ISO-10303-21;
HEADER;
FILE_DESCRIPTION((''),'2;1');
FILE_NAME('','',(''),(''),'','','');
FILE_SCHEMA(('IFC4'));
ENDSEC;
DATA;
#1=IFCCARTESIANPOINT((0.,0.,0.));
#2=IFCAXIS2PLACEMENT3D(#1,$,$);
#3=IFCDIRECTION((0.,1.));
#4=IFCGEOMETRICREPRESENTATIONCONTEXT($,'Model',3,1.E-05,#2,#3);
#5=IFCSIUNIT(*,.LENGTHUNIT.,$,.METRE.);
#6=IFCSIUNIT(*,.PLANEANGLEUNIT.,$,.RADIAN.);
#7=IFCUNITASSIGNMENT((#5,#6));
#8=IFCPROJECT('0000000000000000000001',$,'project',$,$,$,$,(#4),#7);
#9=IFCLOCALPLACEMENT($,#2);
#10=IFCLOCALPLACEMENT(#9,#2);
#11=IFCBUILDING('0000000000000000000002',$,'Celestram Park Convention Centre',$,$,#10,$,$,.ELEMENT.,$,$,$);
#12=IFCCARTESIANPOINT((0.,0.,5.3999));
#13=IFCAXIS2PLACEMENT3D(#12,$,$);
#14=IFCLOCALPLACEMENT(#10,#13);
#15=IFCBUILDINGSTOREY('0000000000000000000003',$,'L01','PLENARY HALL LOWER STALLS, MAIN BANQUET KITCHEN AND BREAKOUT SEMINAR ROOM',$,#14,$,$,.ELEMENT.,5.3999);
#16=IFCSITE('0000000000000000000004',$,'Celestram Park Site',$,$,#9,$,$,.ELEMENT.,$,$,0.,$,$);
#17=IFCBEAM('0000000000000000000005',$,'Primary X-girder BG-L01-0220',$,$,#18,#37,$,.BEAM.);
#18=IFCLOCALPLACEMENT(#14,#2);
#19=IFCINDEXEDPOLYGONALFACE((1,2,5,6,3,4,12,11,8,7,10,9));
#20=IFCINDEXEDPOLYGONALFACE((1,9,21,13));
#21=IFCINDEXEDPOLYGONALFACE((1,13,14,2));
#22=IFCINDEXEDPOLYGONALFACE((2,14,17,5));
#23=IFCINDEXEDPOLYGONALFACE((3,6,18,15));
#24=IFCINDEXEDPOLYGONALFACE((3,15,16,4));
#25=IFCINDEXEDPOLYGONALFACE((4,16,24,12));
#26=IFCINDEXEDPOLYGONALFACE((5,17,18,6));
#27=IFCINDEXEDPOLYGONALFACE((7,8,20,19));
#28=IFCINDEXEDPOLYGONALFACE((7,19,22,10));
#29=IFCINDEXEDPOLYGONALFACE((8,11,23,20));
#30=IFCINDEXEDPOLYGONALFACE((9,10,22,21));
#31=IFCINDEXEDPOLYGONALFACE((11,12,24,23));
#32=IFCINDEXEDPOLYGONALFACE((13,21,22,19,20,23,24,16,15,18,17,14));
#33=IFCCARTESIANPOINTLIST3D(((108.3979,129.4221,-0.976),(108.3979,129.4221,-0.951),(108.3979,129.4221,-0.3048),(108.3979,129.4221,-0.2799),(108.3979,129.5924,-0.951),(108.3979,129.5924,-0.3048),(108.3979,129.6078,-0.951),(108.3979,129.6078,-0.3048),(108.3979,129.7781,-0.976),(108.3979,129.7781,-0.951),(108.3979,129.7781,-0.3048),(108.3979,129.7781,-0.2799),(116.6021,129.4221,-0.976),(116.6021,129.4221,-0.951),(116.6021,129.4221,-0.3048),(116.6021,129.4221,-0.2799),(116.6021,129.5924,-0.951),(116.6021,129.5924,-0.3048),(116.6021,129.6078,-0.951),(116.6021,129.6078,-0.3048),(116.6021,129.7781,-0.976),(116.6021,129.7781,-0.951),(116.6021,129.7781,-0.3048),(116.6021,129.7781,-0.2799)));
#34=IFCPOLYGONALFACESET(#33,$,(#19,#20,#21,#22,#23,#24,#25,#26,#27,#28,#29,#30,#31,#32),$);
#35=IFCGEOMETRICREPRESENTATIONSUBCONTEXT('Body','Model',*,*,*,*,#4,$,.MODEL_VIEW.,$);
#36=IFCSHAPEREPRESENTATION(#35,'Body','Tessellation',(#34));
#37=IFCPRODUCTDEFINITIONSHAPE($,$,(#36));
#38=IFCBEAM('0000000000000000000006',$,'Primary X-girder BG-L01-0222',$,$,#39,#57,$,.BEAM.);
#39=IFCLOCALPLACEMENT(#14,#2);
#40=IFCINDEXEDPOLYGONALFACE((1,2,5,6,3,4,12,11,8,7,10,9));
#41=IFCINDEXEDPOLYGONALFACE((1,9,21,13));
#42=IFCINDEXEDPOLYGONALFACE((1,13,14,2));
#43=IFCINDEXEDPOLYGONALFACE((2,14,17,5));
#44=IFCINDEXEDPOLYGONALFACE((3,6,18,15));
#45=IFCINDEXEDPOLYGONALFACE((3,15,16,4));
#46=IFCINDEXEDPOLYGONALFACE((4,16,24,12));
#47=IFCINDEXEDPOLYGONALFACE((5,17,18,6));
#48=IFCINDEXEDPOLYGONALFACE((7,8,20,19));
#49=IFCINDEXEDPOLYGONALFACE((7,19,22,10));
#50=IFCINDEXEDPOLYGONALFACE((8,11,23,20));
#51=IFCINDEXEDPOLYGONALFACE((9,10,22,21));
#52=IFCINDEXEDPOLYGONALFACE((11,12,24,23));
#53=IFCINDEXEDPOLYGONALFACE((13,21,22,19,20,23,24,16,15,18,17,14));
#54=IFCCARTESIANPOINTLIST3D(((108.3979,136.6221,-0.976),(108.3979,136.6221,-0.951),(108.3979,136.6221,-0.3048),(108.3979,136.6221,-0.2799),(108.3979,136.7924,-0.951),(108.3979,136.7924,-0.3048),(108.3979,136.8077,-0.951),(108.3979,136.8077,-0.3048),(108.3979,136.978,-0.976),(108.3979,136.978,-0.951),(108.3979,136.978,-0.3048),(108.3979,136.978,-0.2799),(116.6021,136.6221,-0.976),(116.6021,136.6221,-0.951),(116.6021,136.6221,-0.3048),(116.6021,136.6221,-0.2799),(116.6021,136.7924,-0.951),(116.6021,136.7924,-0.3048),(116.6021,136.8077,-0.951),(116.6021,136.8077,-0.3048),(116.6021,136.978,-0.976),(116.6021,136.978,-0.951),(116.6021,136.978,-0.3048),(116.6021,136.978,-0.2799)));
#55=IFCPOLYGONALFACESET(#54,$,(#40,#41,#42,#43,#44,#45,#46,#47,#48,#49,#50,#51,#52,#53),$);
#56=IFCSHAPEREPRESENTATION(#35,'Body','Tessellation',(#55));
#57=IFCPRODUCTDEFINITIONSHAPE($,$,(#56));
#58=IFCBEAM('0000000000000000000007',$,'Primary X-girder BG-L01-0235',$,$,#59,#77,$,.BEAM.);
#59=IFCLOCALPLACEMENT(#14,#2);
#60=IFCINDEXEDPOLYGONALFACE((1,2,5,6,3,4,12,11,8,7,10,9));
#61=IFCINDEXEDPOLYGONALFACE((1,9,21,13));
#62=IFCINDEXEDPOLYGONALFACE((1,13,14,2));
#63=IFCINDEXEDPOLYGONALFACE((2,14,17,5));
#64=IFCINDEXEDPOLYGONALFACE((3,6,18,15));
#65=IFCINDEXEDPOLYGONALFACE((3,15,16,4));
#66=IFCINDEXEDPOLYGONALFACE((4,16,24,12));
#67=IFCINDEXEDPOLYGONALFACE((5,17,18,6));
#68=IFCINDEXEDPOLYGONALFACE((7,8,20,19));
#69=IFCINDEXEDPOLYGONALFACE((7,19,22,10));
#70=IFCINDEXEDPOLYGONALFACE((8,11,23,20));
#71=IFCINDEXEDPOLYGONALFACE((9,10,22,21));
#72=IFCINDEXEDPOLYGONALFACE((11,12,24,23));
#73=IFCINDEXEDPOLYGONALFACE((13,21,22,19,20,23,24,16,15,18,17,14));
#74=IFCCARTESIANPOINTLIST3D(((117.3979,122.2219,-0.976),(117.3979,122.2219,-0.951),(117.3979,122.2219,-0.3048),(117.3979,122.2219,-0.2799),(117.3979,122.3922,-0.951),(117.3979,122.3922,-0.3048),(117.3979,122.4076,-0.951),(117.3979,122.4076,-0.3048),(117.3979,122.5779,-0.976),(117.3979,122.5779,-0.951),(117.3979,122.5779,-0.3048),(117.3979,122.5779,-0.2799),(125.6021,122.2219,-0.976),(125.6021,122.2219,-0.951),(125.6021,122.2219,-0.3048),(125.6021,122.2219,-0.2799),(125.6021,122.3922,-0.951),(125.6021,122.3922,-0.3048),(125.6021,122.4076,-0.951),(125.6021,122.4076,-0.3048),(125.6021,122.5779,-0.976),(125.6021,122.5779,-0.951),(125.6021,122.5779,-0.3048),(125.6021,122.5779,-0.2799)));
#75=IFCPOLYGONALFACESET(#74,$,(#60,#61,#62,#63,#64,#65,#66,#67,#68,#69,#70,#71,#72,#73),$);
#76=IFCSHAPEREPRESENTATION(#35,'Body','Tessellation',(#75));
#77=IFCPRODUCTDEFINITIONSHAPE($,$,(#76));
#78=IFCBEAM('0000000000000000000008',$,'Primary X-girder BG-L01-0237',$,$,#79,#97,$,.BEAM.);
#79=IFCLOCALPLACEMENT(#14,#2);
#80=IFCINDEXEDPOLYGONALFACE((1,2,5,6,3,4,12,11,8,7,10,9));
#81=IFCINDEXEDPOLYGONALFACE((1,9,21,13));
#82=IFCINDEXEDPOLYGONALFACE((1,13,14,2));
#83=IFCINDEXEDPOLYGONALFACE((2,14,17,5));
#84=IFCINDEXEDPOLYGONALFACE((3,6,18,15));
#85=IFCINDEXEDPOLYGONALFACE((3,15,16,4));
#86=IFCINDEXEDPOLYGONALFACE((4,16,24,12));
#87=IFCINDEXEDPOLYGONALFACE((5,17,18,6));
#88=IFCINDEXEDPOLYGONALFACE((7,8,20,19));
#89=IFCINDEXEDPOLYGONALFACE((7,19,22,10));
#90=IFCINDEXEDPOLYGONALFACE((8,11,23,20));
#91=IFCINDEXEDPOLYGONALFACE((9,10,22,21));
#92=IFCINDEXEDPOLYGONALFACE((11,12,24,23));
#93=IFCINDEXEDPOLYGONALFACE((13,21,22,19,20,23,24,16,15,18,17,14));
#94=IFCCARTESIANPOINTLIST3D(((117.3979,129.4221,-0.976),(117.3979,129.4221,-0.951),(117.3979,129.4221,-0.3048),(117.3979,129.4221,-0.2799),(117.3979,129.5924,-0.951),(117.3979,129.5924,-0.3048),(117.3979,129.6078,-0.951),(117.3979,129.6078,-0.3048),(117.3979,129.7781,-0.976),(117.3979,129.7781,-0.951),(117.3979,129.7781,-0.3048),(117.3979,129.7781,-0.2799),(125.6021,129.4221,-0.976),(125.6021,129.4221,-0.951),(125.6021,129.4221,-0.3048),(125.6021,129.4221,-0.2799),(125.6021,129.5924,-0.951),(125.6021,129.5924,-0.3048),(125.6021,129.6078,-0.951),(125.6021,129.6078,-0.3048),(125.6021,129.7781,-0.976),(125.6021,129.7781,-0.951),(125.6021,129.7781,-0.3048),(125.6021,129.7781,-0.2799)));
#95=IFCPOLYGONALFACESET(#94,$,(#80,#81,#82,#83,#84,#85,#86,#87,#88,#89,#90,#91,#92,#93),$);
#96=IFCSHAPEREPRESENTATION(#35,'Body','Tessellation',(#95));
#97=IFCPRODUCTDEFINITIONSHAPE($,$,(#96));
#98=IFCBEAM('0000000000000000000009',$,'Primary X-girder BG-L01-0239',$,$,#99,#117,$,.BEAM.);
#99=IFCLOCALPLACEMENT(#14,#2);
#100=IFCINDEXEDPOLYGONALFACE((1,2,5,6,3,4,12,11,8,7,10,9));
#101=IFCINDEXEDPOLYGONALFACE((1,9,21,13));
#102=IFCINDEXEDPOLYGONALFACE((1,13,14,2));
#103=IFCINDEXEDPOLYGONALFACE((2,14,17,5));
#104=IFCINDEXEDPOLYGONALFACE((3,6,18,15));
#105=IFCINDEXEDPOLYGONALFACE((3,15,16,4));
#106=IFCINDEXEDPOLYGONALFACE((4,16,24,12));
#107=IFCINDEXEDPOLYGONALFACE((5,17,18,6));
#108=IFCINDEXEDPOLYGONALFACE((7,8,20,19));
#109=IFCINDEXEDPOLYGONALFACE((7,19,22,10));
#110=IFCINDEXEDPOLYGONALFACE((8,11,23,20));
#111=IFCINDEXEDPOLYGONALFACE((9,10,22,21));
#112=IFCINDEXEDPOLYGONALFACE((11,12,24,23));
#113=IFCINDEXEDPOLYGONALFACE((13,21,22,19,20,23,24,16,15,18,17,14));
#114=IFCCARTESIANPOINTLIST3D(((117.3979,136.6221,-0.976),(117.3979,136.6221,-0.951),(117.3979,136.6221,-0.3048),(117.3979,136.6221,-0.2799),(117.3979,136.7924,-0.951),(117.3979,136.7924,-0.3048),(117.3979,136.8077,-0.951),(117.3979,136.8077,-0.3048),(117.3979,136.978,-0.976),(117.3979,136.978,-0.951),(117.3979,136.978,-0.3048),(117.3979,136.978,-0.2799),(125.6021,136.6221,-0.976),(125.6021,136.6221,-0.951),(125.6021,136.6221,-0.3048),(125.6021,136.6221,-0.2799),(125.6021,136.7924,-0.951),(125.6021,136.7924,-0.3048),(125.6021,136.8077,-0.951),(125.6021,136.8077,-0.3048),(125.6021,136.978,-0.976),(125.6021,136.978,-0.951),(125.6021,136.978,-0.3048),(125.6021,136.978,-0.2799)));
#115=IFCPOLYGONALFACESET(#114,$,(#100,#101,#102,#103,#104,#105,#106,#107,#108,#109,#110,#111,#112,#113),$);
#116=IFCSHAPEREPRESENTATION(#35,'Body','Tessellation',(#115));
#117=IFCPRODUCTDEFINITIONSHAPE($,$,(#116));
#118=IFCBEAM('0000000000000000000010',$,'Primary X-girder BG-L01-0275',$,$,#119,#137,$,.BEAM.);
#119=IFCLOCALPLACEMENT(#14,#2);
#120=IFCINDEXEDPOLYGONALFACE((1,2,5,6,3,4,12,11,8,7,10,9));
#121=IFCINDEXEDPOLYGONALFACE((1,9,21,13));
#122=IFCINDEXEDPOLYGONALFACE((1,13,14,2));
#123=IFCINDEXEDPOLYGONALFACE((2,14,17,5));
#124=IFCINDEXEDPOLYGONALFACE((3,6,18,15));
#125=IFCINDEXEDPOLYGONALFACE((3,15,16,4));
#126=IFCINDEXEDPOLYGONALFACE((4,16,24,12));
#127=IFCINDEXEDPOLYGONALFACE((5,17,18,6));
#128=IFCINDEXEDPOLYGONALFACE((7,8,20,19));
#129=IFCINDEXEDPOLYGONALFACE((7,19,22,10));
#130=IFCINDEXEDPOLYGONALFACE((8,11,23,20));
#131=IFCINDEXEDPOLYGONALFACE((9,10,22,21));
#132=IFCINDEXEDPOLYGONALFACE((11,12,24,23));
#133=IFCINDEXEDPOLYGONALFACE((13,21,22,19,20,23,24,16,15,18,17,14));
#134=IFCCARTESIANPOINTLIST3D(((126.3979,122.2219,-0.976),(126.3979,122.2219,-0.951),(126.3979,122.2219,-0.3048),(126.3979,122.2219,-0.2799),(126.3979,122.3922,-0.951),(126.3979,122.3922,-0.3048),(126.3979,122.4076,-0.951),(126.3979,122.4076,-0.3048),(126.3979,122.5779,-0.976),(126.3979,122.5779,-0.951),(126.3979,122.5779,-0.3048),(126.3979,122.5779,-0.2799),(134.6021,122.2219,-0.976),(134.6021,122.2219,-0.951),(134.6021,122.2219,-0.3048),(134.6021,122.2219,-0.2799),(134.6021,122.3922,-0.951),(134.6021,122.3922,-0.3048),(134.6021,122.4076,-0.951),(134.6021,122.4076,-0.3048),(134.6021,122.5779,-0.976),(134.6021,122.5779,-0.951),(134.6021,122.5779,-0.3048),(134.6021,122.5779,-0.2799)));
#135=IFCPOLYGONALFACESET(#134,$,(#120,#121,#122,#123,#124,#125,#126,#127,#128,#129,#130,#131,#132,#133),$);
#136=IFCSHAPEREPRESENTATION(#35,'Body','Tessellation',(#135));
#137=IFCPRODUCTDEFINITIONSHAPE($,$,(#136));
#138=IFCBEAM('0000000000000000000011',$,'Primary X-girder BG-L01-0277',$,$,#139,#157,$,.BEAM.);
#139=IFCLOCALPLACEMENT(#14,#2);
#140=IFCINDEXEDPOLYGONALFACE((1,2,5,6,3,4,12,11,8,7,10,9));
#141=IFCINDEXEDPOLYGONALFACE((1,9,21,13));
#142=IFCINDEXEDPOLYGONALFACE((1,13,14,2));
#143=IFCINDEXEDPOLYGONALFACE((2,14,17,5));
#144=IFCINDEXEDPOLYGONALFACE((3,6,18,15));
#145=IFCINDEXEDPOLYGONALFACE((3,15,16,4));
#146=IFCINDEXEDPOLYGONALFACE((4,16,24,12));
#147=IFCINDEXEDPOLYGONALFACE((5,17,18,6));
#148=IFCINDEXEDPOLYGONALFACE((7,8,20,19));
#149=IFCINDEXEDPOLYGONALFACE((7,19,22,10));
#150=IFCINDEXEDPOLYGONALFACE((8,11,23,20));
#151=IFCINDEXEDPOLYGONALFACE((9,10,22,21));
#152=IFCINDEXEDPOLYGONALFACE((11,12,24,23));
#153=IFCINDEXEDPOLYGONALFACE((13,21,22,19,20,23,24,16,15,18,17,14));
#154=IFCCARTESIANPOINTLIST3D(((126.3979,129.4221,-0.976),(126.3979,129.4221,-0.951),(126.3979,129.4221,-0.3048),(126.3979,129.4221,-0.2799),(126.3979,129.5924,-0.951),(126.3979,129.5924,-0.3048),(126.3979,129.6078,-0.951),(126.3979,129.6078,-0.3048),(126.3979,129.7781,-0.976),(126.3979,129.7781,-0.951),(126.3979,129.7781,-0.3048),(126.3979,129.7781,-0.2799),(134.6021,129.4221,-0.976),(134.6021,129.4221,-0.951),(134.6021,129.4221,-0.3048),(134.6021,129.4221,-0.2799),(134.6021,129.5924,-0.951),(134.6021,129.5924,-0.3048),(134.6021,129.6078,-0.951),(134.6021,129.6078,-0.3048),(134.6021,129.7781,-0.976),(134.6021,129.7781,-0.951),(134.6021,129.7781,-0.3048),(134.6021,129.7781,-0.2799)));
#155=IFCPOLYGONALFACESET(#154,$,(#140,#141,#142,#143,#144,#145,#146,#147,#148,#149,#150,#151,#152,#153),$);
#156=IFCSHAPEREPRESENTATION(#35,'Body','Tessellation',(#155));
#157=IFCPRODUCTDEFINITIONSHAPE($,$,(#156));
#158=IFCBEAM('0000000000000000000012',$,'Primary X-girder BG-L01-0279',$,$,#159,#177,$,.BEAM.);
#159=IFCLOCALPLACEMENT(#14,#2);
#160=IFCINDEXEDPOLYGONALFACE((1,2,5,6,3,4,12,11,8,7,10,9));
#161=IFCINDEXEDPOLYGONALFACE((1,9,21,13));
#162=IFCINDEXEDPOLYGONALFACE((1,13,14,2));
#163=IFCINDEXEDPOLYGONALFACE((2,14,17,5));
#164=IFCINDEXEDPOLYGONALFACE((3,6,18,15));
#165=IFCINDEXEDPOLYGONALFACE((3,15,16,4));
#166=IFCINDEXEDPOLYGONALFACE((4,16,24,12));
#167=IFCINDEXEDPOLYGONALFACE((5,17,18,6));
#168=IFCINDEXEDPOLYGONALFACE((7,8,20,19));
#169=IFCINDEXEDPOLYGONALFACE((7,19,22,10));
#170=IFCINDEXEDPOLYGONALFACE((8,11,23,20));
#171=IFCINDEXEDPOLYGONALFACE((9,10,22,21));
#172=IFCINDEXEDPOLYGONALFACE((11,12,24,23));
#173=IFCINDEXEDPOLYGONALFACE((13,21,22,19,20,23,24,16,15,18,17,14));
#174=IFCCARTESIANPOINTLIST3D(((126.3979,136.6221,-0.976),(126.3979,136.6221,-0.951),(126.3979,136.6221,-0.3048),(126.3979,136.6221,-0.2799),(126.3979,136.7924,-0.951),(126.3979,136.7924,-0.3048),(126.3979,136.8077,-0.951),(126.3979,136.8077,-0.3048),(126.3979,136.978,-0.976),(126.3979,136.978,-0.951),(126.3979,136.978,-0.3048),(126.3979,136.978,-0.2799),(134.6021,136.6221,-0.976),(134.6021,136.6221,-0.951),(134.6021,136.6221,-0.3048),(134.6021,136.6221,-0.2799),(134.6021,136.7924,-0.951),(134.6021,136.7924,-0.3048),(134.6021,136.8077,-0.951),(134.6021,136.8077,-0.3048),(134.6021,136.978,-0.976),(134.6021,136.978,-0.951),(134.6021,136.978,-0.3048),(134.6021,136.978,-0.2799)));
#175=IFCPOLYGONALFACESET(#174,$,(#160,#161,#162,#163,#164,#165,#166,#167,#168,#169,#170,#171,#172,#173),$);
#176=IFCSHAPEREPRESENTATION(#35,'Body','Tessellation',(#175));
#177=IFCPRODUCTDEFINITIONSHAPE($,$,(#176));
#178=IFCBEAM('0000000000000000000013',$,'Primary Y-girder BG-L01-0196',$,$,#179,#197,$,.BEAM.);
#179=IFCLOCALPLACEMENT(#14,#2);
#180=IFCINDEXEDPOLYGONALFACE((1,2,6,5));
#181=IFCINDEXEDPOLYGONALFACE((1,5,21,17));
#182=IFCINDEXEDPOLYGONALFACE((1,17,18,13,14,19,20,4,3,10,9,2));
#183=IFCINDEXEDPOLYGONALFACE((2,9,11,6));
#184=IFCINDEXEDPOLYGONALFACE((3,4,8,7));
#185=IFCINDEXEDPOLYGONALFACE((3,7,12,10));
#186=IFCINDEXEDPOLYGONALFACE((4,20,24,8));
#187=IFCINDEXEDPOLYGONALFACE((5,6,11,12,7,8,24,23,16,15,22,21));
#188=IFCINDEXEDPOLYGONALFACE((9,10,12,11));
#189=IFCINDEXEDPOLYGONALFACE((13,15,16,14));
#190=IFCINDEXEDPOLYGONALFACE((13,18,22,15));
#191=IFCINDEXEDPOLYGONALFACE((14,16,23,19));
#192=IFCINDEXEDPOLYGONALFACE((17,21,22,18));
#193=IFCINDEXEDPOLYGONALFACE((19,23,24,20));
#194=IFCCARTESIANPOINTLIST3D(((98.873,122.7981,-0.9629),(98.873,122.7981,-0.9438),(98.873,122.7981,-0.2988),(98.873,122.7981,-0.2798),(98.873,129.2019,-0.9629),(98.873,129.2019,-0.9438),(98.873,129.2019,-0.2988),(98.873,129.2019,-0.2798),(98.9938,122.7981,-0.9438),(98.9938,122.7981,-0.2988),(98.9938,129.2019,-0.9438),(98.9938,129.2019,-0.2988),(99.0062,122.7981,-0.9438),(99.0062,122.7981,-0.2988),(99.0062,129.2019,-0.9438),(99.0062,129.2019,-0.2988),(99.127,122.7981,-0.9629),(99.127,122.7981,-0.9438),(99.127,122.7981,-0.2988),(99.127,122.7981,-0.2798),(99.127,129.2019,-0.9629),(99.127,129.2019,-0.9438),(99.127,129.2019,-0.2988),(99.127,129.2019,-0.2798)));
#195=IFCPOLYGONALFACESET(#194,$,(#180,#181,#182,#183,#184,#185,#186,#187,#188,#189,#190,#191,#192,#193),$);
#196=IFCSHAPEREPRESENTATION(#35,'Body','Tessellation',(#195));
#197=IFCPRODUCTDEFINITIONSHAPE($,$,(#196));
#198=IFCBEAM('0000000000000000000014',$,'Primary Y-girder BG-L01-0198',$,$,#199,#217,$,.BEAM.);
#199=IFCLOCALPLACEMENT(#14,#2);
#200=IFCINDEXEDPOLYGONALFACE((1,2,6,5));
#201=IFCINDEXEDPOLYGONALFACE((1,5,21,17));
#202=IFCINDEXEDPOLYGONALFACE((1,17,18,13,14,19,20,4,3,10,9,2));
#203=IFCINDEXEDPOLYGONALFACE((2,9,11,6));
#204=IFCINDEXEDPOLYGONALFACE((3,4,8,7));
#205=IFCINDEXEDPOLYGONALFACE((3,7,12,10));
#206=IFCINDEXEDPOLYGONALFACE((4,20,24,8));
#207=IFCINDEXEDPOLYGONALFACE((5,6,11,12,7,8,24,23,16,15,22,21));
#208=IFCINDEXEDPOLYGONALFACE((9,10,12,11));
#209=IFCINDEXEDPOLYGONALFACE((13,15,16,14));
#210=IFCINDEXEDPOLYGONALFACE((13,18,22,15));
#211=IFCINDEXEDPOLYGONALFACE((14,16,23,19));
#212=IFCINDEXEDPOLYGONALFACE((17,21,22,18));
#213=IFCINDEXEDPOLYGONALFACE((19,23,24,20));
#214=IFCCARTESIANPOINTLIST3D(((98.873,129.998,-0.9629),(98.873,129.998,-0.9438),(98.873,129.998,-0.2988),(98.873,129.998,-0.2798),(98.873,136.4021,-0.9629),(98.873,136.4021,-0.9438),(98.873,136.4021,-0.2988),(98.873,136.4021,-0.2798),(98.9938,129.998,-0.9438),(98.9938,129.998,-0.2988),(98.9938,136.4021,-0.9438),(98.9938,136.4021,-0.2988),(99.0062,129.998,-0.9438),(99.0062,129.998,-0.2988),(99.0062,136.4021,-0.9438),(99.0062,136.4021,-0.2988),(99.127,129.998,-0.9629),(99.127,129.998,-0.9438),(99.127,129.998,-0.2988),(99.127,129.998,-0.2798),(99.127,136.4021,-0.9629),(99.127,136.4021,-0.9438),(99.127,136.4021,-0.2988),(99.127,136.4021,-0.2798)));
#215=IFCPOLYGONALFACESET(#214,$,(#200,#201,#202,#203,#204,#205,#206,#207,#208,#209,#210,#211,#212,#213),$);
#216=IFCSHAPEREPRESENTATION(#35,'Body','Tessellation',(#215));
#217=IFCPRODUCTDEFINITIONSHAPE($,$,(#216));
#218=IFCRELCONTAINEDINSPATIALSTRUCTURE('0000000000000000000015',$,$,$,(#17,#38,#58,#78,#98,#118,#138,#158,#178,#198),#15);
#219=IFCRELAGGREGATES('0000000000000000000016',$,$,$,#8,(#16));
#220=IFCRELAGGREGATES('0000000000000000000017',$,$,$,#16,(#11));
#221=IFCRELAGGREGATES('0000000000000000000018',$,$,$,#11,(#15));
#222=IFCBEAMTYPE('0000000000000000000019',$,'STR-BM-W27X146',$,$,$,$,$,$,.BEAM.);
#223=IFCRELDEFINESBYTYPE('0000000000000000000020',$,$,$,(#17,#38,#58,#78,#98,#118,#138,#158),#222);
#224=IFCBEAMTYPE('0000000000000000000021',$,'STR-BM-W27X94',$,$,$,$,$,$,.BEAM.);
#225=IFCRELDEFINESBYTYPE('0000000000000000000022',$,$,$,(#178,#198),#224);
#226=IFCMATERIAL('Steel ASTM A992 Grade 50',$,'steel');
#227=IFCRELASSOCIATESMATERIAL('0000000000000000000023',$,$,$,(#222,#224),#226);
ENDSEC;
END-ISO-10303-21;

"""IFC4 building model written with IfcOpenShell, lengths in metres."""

from ifc_helpers import new_model, si_unit, direction, frame, origin, origin_2d, place, context, subcontext, project, spatial, i_section, extrude, material, material_profile, profile_set, type_object, element, save


model = new_model("IFC4")

# Units and contexts
model_context = context("Model", 3, precision=1e-05, world=origin(), true_north=direction((0.0, 1.0)))
body_context = subcontext(model_context, "Body", "Model", "MODEL_VIEW")
ifc_project = project(units=[si_unit("LENGTHUNIT", "METRE"), si_unit("PLANEANGLEUNIT", "RADIAN")], contexts=[model_context])

# Site, building, storey
site_placement = place(None, origin())
site = spatial("IfcSite", under=ifc_project, at=site_placement, Name="Celestram Park Site", CompositionType="ELEMENT", RefElevation=0.0)
building_placement = place(site_placement, origin())
building = spatial("IfcBuilding", under=site, at=building_placement, Name="Celestram Park Convention Centre", CompositionType="ELEMENT")
storey_placement = place(building_placement, frame((0.0, 0.0, 5.3999)))
storey = spatial("IfcBuildingStorey", under=building, at=storey_placement, Name="L01", Description="PLENARY HALL LOWER STALLS, MAIN BANQUET KITCHEN AND BREAKOUT SEMINAR ROOM", CompositionType="ELEMENT", Elevation=5.3999)

# Beams
ifc_material_1 = material(Name="Steel ASTM A992 Grade 50", Category="steel")
ifc_material_profile_1 = material_profile(ifc_material_1, i_section(OverallWidth=0.356, OverallDepth=0.696, WebThickness=0.0154, FlangeThickness=0.0249, at=origin_2d()), Name="W27X146")
ifc_profile_set_1 = profile_set([ifc_material_profile_1], Name="Steel ASTM A992 Grade 50")
beam_type_1 = type_object("IfcBeamType", Name="STR-BM-W27X146", PredefinedType="BEAM", material=ifc_profile_set_1)
for number, where, z_axis, x_axis, name in (
    (1, (108.3979, 129.6001, -0.6279), (1.0, 0.0, 0.0), (0.0, 1.0, 0.0), "Primary X-girder BG-L01-0220"),
    (2, (108.3979, 136.8, -0.6279), (1.0, 0.0, 0.0), (0.0, 1.0, 0.0), "Primary X-girder BG-L01-0222"),
    (3, (117.3979, 122.3999, -0.6279), (1.0, 0.0, 0.0), (0.0, 1.0, 0.0), "Primary X-girder BG-L01-0235"),
    (4, (117.3979, 129.6001, -0.6279), (1.0, 0.0, 0.0), (0.0, 1.0, 0.0), "Primary X-girder BG-L01-0237"),
    (5, (117.3979, 136.8, -0.6279), (1.0, 0.0, 0.0), (0.0, 1.0, 0.0), "Primary X-girder BG-L01-0239"),
    (6, (126.3979, 122.3999, -0.6279), (1.0, 0.0, 0.0), (0.0, 1.0, 0.0), "Primary X-girder BG-L01-0275"),
    (7, (126.3979, 129.6001, -0.6279), (1.0, 0.0, 0.0), (0.0, 1.0, 0.0), "Primary X-girder BG-L01-0277"),
    (8, (126.3979, 136.8, -0.6279), (1.0, 0.0, 0.0), (0.0, 1.0, 0.0), "Primary X-girder BG-L01-0279"),
):
    element("IfcBeam", number, at=place(storey_placement, frame(where, z_axis=z_axis, x_axis=x_axis)), inside=storey, type_object=beam_type_1, Name=name, PredefinedType="BEAM", context=body_context, shape_type="SweptSolid", body=[
        extrude(i_section(OverallWidth=0.356, OverallDepth=0.696, WebThickness=0.0154, FlangeThickness=0.0249, at=origin_2d()), origin(), (0.0, 0.0, 1.0), 8.2041),
    ])
ifc_material_profile_2 = material_profile(ifc_material_1, i_section(OverallWidth=0.2539, OverallDepth=0.6831, WebThickness=0.0125, FlangeThickness=0.019, at=origin_2d()), Name="W27X94")
ifc_profile_set_2 = profile_set([ifc_material_profile_2], Name="Steel ASTM A992 Grade 50")
beam_type_2 = type_object("IfcBeamType", Name="STR-BM-W27X94", PredefinedType="BEAM", material=ifc_profile_set_2)
beam_1_placement = place(storey_placement, frame((99.0, 122.7981, -0.6213), z_axis=(0.0, 1.0, 0.0), x_axis=(-1.0, 0.0, 0.0)))
element("IfcBeam", 9, at=beam_1_placement, inside=storey, type_object=beam_type_2, Name="Primary Y-girder BG-L01-0196", PredefinedType="BEAM", context=body_context, shape_type="SweptSolid", body=[
    extrude(i_section(OverallWidth=0.2539, OverallDepth=0.6831, WebThickness=0.0125, FlangeThickness=0.019, at=origin_2d()), origin(), (0.0, 0.0, 1.0), 6.4038),
])
beam_2_placement = place(storey_placement, frame((99.0, 129.998, -0.6213), z_axis=(0.0, 1.0, 0.0), x_axis=(-1.0, 0.0, 0.0)))
element("IfcBeam", 10, at=beam_2_placement, inside=storey, type_object=beam_type_2, Name="Primary Y-girder BG-L01-0198", PredefinedType="BEAM", context=body_context, shape_type="SweptSolid", body=[
    extrude(i_section(OverallWidth=0.2539, OverallDepth=0.6831, WebThickness=0.0125, FlangeThickness=0.019, at=origin_2d()), origin(), (0.0, 0.0, 1.0), 6.4041),
])

save(model, "model.ifc")
